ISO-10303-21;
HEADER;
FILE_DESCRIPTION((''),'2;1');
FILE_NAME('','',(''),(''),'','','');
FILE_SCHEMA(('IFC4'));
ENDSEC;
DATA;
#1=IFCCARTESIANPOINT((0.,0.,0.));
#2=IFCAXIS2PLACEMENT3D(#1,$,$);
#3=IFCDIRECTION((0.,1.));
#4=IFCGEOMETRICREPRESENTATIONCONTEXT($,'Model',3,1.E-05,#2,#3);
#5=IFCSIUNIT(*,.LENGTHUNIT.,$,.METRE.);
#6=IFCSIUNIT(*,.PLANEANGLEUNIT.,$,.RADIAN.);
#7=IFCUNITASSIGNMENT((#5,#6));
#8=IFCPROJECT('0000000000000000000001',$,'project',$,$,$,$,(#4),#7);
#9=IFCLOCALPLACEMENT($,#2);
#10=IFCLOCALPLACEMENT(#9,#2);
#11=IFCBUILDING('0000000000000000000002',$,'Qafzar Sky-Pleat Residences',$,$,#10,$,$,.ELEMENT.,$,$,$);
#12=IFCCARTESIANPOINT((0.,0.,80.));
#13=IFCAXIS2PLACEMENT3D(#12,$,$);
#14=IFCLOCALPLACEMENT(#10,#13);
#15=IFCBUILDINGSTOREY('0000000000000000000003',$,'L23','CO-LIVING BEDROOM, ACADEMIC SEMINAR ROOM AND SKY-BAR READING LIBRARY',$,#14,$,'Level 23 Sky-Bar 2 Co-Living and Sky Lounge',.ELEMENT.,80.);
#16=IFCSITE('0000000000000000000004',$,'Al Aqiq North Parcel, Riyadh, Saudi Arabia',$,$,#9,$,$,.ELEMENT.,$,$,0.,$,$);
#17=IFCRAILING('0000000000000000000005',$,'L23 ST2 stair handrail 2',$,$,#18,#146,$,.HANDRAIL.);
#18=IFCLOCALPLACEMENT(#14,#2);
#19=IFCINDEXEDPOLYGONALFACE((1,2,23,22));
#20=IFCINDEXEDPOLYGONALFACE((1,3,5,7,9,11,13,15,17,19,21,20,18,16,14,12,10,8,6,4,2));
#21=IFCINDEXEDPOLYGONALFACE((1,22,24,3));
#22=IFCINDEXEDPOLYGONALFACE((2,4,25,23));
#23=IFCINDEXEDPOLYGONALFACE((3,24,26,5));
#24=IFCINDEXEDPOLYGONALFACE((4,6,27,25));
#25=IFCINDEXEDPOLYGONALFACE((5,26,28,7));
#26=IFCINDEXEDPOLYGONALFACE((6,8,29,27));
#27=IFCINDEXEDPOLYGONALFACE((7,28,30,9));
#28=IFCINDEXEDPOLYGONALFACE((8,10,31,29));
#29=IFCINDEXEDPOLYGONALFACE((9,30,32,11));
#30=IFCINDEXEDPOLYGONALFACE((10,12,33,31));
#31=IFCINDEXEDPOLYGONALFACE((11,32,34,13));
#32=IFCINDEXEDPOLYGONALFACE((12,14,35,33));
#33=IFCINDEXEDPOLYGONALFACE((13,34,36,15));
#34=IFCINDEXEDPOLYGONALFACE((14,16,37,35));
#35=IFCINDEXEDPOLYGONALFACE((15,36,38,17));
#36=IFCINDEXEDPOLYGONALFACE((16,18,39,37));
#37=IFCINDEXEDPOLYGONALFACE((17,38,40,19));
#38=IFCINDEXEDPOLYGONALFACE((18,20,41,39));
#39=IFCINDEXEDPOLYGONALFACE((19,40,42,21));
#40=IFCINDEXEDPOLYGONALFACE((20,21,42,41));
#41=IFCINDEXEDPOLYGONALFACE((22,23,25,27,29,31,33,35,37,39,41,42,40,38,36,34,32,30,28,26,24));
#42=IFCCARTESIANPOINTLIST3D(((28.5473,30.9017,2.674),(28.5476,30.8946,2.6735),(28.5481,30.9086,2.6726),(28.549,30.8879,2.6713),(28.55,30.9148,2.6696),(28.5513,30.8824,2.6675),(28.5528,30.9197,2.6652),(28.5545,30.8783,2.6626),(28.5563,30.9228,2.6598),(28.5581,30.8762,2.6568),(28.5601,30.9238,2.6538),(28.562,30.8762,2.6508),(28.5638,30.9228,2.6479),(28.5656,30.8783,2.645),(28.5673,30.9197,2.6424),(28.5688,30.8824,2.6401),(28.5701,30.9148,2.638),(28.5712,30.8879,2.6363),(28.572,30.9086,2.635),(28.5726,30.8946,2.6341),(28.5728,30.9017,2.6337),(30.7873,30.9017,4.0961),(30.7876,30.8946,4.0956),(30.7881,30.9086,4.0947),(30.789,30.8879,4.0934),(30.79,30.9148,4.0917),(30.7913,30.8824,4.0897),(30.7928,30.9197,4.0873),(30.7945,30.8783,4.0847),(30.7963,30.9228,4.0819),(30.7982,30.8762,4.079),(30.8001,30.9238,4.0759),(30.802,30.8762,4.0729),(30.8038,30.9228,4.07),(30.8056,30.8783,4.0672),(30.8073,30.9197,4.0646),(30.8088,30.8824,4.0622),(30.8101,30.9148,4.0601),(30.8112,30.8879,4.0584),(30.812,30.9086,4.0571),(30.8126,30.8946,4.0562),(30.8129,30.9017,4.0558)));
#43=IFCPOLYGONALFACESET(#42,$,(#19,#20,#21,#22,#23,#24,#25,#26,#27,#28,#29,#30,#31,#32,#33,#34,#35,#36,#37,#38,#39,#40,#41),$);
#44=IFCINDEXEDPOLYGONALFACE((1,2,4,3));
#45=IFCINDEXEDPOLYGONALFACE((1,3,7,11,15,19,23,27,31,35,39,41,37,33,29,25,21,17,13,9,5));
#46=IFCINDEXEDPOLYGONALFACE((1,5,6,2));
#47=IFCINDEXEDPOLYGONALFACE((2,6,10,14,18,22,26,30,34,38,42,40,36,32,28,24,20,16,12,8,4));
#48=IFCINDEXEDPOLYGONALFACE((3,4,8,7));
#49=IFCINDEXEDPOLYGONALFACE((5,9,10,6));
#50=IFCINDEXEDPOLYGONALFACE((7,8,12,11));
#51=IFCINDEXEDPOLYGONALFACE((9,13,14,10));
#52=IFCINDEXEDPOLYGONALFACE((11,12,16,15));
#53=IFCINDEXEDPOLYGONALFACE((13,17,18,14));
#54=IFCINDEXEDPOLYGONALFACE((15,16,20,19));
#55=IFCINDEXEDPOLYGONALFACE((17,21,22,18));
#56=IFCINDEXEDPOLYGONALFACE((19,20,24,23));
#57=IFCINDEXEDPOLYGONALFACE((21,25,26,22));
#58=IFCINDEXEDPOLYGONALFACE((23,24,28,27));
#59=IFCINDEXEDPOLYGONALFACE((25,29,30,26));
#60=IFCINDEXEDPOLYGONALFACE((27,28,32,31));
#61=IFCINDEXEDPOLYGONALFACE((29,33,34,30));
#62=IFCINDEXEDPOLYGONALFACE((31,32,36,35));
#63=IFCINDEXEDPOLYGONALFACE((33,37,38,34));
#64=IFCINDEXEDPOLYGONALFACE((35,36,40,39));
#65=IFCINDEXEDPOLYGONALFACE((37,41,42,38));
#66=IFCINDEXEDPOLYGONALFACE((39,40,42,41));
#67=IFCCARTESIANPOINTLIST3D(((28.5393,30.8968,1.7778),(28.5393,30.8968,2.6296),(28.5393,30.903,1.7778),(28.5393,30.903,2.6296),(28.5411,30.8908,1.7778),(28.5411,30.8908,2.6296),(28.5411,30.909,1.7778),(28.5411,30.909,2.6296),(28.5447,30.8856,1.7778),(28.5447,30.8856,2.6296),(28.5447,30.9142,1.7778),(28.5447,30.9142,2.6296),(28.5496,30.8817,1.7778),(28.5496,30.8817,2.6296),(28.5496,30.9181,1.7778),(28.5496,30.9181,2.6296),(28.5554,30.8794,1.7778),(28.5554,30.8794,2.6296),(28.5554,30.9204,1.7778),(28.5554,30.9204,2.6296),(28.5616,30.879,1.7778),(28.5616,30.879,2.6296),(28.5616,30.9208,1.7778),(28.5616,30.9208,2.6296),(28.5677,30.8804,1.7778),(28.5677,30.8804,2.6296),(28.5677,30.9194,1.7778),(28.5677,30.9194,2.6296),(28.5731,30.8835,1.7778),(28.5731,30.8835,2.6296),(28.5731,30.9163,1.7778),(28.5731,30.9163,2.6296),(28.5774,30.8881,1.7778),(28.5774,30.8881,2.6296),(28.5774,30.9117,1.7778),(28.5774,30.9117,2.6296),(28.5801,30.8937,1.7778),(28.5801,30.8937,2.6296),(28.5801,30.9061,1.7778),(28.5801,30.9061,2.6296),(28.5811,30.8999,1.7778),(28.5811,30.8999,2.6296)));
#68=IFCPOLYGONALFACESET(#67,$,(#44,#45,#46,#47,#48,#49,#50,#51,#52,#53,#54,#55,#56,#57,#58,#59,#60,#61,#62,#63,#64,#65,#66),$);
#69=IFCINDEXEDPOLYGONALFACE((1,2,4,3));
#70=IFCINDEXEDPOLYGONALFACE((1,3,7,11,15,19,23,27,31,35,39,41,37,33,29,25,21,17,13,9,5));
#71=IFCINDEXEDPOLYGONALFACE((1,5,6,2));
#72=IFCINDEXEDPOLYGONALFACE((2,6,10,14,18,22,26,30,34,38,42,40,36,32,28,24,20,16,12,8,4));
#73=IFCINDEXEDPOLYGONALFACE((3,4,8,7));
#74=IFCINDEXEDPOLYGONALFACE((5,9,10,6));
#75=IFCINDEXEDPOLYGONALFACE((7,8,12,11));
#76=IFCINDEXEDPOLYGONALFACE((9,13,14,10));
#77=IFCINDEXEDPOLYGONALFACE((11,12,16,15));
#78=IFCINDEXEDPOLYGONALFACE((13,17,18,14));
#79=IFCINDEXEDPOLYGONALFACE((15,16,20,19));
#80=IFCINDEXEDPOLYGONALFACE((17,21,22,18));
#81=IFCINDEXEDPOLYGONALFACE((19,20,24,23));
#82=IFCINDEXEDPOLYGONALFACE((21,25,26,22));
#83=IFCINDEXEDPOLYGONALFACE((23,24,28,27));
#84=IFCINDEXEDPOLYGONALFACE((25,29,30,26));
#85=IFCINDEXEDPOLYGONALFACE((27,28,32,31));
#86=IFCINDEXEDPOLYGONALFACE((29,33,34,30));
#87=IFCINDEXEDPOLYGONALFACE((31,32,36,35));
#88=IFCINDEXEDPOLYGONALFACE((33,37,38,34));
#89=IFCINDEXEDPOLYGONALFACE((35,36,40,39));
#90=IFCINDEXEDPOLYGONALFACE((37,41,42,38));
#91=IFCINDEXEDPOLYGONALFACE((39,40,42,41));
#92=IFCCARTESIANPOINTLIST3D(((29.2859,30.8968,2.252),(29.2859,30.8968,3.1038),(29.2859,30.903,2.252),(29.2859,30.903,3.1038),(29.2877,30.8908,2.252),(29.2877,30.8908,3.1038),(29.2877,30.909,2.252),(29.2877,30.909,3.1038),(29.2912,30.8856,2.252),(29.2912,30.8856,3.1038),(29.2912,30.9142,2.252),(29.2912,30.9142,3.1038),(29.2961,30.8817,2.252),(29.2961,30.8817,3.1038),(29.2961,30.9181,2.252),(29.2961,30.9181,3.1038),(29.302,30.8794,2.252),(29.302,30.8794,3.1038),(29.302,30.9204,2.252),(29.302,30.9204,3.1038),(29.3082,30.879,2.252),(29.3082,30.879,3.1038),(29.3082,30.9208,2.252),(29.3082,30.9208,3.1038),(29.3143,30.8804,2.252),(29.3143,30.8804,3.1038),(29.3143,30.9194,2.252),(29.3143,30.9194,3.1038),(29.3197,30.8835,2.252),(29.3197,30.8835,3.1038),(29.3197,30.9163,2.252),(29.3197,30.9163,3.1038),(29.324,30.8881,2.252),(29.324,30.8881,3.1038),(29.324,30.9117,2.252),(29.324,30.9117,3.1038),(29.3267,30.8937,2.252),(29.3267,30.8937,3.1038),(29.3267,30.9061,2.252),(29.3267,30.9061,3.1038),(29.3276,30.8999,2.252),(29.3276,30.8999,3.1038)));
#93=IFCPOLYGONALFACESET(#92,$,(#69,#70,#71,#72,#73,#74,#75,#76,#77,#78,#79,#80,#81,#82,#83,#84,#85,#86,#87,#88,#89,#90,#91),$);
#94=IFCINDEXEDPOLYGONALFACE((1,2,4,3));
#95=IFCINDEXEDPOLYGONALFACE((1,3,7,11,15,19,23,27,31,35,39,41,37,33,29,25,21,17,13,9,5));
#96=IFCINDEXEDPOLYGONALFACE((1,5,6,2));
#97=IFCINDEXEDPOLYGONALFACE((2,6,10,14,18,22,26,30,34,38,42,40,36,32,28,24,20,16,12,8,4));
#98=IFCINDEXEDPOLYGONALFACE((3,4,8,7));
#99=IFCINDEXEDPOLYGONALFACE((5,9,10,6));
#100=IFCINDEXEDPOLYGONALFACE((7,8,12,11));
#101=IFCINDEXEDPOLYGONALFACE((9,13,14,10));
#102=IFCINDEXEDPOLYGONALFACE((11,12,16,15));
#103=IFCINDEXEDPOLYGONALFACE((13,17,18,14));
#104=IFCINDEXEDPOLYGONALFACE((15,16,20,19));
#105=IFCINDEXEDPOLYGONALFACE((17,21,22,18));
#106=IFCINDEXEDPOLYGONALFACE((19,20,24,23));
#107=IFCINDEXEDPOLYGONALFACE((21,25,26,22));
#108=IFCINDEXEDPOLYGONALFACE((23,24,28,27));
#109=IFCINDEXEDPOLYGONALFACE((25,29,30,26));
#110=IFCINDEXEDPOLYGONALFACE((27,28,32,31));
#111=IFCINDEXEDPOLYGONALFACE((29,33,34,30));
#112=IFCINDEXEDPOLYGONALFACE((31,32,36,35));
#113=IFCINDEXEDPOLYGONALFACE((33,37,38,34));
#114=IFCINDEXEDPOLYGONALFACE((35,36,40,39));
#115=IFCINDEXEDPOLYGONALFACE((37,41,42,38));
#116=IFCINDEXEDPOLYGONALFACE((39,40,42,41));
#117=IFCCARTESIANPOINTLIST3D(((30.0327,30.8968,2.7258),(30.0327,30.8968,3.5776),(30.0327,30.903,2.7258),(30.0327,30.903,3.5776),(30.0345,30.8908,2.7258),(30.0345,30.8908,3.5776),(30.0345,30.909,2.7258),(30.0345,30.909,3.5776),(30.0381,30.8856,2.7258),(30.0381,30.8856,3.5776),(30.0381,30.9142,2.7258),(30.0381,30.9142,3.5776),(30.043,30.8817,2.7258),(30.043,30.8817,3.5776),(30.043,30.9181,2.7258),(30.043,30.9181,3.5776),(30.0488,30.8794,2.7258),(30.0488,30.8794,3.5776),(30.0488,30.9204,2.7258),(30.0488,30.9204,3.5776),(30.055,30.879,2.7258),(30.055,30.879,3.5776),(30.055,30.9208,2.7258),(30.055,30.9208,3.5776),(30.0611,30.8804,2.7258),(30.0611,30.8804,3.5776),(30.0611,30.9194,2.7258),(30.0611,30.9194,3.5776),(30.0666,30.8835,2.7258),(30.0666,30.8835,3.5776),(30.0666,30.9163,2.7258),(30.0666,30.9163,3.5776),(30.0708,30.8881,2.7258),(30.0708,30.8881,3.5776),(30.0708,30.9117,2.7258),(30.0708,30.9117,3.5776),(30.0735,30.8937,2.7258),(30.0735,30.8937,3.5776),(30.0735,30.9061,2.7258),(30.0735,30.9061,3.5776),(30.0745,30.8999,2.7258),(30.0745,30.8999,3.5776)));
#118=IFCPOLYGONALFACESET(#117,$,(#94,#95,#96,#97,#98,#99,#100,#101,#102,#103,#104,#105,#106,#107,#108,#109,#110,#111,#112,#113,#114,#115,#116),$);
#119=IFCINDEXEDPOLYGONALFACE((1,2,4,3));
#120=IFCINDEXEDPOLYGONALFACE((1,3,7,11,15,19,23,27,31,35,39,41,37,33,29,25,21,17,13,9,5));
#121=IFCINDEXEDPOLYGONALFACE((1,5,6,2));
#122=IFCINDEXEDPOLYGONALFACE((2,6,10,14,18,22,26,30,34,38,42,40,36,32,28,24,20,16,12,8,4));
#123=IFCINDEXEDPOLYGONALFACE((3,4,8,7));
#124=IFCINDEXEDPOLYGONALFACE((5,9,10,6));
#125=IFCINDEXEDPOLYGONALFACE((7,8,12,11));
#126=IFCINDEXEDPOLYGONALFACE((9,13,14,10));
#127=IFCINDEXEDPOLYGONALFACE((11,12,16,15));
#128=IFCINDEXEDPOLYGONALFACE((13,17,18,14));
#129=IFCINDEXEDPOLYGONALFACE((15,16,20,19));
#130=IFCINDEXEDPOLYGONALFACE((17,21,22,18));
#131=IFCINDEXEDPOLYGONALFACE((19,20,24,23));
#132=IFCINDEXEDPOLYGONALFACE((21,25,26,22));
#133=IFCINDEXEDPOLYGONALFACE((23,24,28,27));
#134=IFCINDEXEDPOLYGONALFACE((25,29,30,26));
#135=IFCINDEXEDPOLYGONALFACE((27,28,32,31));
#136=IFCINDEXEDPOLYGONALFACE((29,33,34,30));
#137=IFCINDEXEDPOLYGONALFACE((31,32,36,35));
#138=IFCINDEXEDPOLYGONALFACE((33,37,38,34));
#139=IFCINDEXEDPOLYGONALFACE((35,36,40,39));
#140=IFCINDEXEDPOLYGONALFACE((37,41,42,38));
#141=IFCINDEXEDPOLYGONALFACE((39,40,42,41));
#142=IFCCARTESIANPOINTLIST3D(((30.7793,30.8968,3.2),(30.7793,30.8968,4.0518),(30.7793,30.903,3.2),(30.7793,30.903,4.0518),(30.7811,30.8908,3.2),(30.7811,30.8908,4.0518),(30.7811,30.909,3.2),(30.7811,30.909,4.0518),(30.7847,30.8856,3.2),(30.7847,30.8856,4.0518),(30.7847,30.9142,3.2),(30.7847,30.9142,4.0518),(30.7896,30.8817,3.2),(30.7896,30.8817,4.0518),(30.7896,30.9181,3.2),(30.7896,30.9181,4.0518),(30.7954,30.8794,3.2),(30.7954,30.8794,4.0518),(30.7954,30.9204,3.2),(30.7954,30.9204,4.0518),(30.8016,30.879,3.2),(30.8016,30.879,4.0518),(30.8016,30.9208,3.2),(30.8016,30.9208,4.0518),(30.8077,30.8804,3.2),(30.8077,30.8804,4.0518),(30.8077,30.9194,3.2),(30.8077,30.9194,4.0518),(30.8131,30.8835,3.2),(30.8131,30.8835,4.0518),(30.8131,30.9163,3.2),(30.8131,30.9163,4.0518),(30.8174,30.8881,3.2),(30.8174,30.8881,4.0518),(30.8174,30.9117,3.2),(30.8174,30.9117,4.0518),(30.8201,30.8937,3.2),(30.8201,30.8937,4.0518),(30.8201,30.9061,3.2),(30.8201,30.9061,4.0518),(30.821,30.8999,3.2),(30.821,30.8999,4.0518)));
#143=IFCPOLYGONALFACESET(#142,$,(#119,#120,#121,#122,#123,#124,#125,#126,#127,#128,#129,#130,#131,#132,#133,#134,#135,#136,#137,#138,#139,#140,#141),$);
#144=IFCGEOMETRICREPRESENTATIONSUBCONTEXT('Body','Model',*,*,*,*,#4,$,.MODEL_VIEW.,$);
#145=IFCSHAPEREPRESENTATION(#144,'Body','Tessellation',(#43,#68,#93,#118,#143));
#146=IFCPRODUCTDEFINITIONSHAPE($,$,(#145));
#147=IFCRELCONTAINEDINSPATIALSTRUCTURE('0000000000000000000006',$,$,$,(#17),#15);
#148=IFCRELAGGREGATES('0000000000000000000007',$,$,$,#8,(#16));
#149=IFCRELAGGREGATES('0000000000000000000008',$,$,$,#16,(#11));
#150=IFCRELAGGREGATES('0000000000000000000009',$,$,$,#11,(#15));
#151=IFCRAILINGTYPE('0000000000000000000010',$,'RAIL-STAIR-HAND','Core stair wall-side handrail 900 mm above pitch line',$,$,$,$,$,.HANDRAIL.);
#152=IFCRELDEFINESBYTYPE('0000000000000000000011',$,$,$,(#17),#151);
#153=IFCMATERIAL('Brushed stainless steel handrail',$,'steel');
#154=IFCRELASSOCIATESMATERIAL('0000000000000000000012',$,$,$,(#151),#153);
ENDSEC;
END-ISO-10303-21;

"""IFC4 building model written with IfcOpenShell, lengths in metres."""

from ifc_helpers import new_model, si_unit, direction, frame, origin, origin_2d, place, context, subcontext, project, spatial, circle, extrude, source, transform, mapped, material, type_object, element, save


model = new_model("IFC4")

# Units and contexts
model_context = context("Model", 3, precision=1e-05, world=origin(), true_north=direction((0.0, 1.0)))
body_context = subcontext(model_context, "Body", "Model", "MODEL_VIEW")
ifc_project = project(units=[si_unit("LENGTHUNIT", "METRE"), si_unit("PLANEANGLEUNIT", "RADIAN")], contexts=[model_context])

# Site, building, storey
site_placement = place(None, origin())
site = spatial("IfcSite", under=ifc_project, at=site_placement, Name="Al Aqiq North Parcel, Riyadh, Saudi Arabia", CompositionType="ELEMENT", RefElevation=0.0)
building_placement = place(site_placement, origin())
building = spatial("IfcBuilding", under=site, at=building_placement, Name="Qafzar Sky-Pleat Residences", CompositionType="ELEMENT")
storey_placement = place(building_placement, frame((0.0, 0.0, 80.0)))
storey = spatial("IfcBuildingStorey", under=building, at=storey_placement, Name="L23", Description="CO-LIVING BEDROOM, ACADEMIC SEMINAR ROOM AND SKY-BAR READING LIBRARY", LongName="Level 23 Sky-Bar 2 Co-Living and Sky Lounge", CompositionType="ELEMENT", Elevation=80.0)

# Railing
ifc_material_1 = material(Name="Brushed stainless steel handrail", Category="steel")
railing_type_1 = type_object("IfcRailingType", Name="RAIL-STAIR-HAND", Description="Core stair wall-side handrail 900 mm above pitch line", PredefinedType="HANDRAIL", material=ifc_material_1)
shared_shape_1 = source(origin(), body_context, "Body", "SweptSolid", [
    extrude(circle(Radius=0.0239, at=origin_2d()), frame((0.0, 0.0, 0.876), z_axis=(0.844229, 0.0, 0.535982), x_axis=(0.0, 1.0, 0.0)), (0.0, 0.0, 1.0), 2.6533),
    extrude(circle(Radius=0.021, at=origin_2d()), origin(), (0.0, 0.0, 1.0), 0.8518),
    extrude(circle(Radius=0.021, at=origin_2d()), frame((0.7466, 0.0, 0.4741)), (0.0, 0.0, 1.0), 0.8518),
    extrude(circle(Radius=0.021, at=origin_2d()), frame((1.4934, 0.0, 0.948)), (0.0, 0.0, 1.0), 0.8518),
    extrude(circle(Radius=0.021, at=origin_2d()), frame((2.24, 0.0, 1.4221)), (0.0, 0.0, 1.0), 0.8518),
])
railing_1_placement = place(storey_placement, frame((28.5601, 30.8999, 1.7778)))
element("IfcRailing", 1, at=railing_1_placement, inside=storey, type_object=railing_type_1, Name="L23 ST2 stair handrail 2", PredefinedType="HANDRAIL", context=body_context, shape_type="MappedRepresentation", body=[
    mapped(shared_shape_1, transform((0.0, 0.0, 0.0), x_axis=(1.0, 0.0, 0.0), y_axis=(0.0, 1.0, 0.0), z_axis=(0.0, 0.0, 1.0), scale=1.0)),
])

save(model, "model.ifc")
